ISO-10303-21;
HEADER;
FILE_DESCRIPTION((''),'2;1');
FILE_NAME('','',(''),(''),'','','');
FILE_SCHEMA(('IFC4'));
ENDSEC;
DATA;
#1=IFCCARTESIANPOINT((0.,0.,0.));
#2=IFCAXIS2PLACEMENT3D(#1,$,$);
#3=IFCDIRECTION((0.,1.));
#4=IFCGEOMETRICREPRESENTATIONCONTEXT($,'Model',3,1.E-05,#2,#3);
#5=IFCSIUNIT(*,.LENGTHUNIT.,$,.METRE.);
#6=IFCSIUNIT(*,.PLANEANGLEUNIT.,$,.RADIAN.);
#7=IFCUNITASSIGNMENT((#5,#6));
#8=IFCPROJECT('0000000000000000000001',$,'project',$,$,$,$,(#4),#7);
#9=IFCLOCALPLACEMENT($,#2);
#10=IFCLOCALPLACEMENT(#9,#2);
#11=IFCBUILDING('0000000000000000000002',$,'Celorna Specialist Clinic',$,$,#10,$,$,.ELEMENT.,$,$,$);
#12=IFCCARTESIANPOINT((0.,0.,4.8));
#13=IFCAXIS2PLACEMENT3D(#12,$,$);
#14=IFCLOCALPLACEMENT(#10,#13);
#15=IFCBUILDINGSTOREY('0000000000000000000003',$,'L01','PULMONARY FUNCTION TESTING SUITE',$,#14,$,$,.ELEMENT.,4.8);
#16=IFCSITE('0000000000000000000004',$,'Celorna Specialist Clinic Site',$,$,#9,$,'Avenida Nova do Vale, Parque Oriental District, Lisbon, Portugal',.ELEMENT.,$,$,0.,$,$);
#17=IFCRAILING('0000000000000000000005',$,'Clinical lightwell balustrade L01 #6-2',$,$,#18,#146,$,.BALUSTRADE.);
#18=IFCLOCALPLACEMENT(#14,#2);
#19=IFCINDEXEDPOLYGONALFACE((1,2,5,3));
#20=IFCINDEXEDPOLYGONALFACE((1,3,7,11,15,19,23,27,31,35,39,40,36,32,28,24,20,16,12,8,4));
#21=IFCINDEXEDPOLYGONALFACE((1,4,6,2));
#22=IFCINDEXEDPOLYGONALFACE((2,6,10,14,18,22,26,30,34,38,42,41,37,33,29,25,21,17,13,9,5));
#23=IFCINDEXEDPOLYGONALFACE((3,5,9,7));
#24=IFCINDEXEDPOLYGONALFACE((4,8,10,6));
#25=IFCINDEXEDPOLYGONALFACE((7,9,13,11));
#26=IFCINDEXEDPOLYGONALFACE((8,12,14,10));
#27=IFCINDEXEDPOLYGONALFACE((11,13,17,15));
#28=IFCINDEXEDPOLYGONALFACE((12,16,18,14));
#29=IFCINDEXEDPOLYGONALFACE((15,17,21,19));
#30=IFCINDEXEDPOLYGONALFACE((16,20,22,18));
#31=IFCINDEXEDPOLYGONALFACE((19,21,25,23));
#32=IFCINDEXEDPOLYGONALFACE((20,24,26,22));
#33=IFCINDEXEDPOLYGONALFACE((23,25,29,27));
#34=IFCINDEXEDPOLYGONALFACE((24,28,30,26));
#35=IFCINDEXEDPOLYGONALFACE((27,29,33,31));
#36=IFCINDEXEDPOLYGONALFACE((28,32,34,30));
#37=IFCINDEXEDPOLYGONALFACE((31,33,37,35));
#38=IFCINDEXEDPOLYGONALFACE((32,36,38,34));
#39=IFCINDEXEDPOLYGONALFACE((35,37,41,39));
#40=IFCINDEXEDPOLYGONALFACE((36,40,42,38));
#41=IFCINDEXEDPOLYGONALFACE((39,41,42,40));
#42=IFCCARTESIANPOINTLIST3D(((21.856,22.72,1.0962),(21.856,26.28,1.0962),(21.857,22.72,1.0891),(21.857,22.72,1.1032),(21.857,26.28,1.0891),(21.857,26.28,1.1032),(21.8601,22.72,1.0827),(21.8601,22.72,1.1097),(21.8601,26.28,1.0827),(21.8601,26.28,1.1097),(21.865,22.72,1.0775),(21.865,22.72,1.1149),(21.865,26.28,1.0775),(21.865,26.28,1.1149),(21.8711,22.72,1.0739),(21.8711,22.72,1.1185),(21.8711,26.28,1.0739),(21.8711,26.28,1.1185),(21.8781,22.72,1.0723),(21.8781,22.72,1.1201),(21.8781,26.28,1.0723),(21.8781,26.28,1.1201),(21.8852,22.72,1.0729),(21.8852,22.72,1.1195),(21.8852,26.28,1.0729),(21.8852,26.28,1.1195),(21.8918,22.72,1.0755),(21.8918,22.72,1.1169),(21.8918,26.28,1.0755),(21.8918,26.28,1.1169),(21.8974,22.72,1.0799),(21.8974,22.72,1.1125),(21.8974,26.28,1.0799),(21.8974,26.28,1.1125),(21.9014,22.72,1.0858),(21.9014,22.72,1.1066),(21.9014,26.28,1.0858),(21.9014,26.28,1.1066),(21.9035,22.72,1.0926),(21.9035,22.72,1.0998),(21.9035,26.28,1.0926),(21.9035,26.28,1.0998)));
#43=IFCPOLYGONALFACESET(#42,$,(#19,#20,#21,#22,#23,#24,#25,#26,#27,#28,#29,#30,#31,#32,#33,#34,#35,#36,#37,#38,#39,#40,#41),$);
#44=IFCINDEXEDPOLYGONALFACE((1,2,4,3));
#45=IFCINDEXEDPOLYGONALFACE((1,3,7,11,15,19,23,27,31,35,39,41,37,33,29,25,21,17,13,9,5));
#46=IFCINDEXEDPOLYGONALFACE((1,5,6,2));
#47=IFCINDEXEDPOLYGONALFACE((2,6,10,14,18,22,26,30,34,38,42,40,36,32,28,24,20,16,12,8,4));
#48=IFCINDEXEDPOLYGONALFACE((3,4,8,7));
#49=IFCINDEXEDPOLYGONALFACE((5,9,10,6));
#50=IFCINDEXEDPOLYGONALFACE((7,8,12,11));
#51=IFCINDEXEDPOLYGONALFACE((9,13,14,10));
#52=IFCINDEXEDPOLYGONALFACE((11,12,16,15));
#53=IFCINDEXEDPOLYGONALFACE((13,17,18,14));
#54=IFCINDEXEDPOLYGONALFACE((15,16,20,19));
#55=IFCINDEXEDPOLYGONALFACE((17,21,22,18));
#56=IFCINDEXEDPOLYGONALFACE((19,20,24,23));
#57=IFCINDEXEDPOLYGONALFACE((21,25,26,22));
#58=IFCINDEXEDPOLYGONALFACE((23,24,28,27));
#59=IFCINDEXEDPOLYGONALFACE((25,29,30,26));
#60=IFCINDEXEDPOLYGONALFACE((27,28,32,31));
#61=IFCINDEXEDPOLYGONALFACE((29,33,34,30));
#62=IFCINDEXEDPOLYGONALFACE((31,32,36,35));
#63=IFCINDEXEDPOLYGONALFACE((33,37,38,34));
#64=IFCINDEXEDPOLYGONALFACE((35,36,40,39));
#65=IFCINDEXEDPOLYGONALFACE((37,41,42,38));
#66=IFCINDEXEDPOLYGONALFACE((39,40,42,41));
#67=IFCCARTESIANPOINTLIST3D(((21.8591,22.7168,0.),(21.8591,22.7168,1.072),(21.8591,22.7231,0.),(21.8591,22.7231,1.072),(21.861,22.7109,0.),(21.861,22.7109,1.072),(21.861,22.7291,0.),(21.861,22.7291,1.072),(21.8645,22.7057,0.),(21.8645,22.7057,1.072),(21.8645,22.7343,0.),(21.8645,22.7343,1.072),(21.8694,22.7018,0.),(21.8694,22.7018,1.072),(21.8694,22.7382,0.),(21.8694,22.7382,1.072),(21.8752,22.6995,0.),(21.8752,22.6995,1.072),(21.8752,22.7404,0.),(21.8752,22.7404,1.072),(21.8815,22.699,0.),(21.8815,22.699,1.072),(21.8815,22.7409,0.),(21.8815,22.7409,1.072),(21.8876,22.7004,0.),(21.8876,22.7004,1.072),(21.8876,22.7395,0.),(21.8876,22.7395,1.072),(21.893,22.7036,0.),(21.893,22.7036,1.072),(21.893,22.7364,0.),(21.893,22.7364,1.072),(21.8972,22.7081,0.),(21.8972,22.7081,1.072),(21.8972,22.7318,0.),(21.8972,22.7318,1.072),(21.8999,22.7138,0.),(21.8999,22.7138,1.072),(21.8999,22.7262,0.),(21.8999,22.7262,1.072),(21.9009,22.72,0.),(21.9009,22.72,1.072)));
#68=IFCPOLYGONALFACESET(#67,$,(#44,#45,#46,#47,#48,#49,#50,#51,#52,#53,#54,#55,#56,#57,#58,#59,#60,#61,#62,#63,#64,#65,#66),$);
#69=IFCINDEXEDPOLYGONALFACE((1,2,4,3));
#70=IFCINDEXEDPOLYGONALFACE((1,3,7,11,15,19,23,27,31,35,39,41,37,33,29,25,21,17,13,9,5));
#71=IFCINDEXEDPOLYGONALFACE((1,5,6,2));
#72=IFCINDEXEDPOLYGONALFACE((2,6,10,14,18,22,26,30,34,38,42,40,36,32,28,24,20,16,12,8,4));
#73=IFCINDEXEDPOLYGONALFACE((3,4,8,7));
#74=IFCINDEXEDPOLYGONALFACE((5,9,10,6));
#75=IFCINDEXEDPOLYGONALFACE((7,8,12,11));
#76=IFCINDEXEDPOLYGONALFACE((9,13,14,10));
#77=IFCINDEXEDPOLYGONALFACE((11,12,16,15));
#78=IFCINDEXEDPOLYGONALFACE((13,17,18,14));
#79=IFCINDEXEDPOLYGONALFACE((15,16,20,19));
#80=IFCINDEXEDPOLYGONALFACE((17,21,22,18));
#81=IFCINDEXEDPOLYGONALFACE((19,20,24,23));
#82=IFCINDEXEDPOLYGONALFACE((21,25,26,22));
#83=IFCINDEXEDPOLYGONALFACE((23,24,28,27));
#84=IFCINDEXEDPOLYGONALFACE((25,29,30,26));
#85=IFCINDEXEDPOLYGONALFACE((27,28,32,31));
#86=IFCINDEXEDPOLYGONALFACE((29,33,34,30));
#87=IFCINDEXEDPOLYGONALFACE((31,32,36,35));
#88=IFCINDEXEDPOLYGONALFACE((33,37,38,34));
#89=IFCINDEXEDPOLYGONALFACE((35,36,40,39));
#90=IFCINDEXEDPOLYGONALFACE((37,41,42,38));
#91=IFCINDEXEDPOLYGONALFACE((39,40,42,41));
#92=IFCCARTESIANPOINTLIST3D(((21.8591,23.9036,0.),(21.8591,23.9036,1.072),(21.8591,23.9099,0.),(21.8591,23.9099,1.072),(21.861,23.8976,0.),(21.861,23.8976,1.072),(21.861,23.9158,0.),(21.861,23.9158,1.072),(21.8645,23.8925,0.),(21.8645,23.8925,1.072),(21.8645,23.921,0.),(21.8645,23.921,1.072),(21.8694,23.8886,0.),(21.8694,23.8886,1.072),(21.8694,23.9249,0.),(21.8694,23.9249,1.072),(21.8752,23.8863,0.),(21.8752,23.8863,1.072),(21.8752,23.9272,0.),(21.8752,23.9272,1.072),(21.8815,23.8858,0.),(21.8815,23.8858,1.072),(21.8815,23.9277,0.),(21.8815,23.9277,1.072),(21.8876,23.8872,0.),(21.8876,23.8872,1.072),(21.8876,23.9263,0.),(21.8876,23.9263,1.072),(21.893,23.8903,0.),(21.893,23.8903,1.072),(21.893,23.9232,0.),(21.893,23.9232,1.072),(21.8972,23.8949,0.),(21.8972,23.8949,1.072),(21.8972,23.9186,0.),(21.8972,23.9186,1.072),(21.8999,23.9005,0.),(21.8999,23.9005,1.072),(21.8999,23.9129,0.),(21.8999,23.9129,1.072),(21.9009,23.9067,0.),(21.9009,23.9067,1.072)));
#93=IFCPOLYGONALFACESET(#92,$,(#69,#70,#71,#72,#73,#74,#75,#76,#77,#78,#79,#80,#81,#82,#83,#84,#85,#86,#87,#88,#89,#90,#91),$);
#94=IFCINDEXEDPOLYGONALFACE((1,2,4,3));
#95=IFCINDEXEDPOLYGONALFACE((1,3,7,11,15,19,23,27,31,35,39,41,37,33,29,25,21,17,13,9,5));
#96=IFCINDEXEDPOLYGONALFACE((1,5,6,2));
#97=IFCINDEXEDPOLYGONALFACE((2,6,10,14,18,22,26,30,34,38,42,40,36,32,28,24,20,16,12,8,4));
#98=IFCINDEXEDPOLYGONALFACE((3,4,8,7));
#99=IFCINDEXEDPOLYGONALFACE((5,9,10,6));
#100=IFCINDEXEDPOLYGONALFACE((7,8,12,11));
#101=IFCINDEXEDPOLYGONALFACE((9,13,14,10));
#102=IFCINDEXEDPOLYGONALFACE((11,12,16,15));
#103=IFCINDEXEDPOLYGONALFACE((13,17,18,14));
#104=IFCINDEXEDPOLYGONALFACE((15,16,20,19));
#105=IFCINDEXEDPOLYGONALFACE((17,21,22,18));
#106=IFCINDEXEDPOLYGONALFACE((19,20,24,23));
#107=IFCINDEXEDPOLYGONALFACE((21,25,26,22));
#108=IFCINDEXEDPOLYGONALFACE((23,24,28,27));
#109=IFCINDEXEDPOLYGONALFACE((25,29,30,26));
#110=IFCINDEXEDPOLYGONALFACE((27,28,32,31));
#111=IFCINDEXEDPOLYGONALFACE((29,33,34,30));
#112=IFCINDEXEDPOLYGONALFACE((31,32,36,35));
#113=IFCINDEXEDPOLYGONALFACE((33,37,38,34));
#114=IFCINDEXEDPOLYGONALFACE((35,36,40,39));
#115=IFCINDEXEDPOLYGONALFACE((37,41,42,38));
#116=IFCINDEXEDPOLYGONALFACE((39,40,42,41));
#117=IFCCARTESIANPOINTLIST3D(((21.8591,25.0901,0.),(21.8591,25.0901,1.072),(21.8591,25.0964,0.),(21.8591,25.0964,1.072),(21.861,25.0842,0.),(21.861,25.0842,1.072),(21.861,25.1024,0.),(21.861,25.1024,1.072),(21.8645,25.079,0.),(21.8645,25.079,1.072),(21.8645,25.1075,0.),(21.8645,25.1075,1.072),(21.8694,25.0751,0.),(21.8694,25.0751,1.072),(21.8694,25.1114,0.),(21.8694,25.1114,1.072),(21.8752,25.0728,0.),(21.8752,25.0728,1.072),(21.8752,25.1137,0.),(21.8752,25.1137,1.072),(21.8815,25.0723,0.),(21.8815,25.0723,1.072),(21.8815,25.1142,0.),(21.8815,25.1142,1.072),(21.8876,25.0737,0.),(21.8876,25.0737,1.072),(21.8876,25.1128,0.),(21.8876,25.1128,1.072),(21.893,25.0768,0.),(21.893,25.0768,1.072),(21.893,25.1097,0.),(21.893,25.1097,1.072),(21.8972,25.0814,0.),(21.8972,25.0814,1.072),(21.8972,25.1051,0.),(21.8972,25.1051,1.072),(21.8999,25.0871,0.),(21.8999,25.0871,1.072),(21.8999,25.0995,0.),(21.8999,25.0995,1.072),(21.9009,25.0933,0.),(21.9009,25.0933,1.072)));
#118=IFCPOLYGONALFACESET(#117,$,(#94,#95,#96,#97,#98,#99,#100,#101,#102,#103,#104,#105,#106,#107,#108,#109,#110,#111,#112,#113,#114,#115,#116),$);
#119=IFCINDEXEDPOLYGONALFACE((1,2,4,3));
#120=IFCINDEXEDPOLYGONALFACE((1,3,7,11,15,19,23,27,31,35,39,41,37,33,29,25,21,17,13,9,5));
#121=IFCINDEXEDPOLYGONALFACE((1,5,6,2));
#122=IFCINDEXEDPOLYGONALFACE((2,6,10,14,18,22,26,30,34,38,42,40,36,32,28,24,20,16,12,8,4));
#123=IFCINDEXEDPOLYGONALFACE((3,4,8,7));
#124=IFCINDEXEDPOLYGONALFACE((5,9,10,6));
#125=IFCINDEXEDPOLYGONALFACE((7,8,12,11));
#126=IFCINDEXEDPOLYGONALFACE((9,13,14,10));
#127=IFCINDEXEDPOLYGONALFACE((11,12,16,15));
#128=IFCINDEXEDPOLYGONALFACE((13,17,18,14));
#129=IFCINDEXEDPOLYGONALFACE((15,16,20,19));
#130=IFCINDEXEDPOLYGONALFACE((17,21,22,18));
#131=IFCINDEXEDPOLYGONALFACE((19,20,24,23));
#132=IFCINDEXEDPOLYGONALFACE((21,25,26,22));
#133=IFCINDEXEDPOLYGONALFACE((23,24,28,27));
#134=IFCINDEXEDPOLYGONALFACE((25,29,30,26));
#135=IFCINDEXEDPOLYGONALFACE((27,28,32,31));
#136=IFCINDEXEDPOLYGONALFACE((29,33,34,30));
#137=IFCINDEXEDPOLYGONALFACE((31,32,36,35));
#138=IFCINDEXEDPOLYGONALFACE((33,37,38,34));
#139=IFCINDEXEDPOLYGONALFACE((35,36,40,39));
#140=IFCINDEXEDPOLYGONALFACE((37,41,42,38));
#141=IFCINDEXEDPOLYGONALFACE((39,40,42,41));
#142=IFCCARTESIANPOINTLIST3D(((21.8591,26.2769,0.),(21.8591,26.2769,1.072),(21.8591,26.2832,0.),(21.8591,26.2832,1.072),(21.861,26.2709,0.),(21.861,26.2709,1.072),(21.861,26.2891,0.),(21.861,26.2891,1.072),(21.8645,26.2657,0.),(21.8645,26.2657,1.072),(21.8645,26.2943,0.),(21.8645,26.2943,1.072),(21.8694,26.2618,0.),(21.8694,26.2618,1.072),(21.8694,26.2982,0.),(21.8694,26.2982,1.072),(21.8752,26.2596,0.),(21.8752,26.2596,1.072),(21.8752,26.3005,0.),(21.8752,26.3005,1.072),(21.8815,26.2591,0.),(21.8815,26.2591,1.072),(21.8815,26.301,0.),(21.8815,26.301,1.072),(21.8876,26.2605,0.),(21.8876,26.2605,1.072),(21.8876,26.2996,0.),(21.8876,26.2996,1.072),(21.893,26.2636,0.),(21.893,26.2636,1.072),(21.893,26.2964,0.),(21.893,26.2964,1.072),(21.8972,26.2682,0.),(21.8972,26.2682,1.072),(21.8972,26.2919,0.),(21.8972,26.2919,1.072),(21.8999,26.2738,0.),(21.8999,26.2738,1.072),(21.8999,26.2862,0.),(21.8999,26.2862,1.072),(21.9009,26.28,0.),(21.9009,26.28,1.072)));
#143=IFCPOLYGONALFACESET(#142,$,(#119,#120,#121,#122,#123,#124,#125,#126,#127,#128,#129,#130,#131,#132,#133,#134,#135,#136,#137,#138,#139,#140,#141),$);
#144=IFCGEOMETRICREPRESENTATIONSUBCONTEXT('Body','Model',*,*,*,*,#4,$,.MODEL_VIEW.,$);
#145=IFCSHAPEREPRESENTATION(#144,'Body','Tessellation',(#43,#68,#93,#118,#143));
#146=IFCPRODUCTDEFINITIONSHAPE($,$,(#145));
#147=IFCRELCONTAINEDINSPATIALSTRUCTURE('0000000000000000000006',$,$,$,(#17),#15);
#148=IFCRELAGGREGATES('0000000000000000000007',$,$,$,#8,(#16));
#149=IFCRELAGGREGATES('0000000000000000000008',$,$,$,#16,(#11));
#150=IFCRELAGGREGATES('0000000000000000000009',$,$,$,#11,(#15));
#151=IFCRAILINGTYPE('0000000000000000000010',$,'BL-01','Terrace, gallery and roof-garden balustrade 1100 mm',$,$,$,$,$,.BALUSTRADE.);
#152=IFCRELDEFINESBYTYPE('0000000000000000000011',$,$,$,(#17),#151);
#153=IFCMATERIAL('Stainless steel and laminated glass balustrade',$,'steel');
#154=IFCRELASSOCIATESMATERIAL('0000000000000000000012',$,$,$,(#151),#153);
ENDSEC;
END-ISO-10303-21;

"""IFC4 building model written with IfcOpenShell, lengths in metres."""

from ifc_helpers import new_model, si_unit, direction, frame, origin, origin_2d, place, context, subcontext, project, spatial, circle, extrude, material, type_object, element, save


model = new_model("IFC4")

# Units and contexts
model_context = context("Model", 3, precision=1e-05, world=origin(), true_north=direction((0.0, 1.0)))
body_context = subcontext(model_context, "Body", "Model", "MODEL_VIEW")
ifc_project = project(units=[si_unit("LENGTHUNIT", "METRE"), si_unit("PLANEANGLEUNIT", "RADIAN")], contexts=[model_context])

# Site, building, storey
site_placement = place(None, origin())
site = spatial("IfcSite", under=ifc_project, at=site_placement, Name="Celorna Specialist Clinic Site", LongName="Avenida Nova do Vale, Parque Oriental District, Lisbon, Portugal", CompositionType="ELEMENT", RefElevation=0.0)
building_placement = place(site_placement, origin())
building = spatial("IfcBuilding", under=site, at=building_placement, Name="Celorna Specialist Clinic", CompositionType="ELEMENT")
storey_placement = place(building_placement, frame((0.0, 0.0, 4.8)))
storey = spatial("IfcBuildingStorey", under=building, at=storey_placement, Name="L01", Description="PULMONARY FUNCTION TESTING SUITE", CompositionType="ELEMENT", Elevation=4.8)

# Railing
ifc_material_1 = material(Name="Stainless steel and laminated glass balustrade", Category="steel")
railing_type = type_object("IfcRailingType", Name="BL-01", Description="Terrace, gallery and roof-garden balustrade 1100 mm", PredefinedType="BALUSTRADE", material=ifc_material_1)
railing_1_placement = place(storey_placement, frame((21.8799, 22.72, 0.0)))
element("IfcRailing", 1, at=railing_1_placement, inside=storey, type_object=railing_type, Name="Clinical lightwell balustrade L01 #6-2", PredefinedType="BALUSTRADE", context=body_context, shape_type="SweptSolid", body=[
    extrude(circle(Radius=0.0239, at=origin_2d()), frame((0.0, 0.0, 1.0962), z_axis=(0.0, 1.0, 0.0), x_axis=(-1.0, 0.0, 0.0)), (0.0, 0.0, 1.0), 3.5601),
    extrude(circle(Radius=0.021, at=origin_2d()), origin(), (0.0, 0.0, 1.0), 1.072),
    extrude(circle(Radius=0.021, at=origin_2d()), frame((0.0, 1.1868, 0.0)), (0.0, 0.0, 1.0), 1.072),
    extrude(circle(Radius=0.021, at=origin_2d()), frame((0.0, 2.3733, 0.0)), (0.0, 0.0, 1.0), 1.072),
    extrude(circle(Radius=0.021, at=origin_2d()), frame((0.0, 3.5601, 0.0)), (0.0, 0.0, 1.0), 1.072),
])

save(model, "model.ifc")
